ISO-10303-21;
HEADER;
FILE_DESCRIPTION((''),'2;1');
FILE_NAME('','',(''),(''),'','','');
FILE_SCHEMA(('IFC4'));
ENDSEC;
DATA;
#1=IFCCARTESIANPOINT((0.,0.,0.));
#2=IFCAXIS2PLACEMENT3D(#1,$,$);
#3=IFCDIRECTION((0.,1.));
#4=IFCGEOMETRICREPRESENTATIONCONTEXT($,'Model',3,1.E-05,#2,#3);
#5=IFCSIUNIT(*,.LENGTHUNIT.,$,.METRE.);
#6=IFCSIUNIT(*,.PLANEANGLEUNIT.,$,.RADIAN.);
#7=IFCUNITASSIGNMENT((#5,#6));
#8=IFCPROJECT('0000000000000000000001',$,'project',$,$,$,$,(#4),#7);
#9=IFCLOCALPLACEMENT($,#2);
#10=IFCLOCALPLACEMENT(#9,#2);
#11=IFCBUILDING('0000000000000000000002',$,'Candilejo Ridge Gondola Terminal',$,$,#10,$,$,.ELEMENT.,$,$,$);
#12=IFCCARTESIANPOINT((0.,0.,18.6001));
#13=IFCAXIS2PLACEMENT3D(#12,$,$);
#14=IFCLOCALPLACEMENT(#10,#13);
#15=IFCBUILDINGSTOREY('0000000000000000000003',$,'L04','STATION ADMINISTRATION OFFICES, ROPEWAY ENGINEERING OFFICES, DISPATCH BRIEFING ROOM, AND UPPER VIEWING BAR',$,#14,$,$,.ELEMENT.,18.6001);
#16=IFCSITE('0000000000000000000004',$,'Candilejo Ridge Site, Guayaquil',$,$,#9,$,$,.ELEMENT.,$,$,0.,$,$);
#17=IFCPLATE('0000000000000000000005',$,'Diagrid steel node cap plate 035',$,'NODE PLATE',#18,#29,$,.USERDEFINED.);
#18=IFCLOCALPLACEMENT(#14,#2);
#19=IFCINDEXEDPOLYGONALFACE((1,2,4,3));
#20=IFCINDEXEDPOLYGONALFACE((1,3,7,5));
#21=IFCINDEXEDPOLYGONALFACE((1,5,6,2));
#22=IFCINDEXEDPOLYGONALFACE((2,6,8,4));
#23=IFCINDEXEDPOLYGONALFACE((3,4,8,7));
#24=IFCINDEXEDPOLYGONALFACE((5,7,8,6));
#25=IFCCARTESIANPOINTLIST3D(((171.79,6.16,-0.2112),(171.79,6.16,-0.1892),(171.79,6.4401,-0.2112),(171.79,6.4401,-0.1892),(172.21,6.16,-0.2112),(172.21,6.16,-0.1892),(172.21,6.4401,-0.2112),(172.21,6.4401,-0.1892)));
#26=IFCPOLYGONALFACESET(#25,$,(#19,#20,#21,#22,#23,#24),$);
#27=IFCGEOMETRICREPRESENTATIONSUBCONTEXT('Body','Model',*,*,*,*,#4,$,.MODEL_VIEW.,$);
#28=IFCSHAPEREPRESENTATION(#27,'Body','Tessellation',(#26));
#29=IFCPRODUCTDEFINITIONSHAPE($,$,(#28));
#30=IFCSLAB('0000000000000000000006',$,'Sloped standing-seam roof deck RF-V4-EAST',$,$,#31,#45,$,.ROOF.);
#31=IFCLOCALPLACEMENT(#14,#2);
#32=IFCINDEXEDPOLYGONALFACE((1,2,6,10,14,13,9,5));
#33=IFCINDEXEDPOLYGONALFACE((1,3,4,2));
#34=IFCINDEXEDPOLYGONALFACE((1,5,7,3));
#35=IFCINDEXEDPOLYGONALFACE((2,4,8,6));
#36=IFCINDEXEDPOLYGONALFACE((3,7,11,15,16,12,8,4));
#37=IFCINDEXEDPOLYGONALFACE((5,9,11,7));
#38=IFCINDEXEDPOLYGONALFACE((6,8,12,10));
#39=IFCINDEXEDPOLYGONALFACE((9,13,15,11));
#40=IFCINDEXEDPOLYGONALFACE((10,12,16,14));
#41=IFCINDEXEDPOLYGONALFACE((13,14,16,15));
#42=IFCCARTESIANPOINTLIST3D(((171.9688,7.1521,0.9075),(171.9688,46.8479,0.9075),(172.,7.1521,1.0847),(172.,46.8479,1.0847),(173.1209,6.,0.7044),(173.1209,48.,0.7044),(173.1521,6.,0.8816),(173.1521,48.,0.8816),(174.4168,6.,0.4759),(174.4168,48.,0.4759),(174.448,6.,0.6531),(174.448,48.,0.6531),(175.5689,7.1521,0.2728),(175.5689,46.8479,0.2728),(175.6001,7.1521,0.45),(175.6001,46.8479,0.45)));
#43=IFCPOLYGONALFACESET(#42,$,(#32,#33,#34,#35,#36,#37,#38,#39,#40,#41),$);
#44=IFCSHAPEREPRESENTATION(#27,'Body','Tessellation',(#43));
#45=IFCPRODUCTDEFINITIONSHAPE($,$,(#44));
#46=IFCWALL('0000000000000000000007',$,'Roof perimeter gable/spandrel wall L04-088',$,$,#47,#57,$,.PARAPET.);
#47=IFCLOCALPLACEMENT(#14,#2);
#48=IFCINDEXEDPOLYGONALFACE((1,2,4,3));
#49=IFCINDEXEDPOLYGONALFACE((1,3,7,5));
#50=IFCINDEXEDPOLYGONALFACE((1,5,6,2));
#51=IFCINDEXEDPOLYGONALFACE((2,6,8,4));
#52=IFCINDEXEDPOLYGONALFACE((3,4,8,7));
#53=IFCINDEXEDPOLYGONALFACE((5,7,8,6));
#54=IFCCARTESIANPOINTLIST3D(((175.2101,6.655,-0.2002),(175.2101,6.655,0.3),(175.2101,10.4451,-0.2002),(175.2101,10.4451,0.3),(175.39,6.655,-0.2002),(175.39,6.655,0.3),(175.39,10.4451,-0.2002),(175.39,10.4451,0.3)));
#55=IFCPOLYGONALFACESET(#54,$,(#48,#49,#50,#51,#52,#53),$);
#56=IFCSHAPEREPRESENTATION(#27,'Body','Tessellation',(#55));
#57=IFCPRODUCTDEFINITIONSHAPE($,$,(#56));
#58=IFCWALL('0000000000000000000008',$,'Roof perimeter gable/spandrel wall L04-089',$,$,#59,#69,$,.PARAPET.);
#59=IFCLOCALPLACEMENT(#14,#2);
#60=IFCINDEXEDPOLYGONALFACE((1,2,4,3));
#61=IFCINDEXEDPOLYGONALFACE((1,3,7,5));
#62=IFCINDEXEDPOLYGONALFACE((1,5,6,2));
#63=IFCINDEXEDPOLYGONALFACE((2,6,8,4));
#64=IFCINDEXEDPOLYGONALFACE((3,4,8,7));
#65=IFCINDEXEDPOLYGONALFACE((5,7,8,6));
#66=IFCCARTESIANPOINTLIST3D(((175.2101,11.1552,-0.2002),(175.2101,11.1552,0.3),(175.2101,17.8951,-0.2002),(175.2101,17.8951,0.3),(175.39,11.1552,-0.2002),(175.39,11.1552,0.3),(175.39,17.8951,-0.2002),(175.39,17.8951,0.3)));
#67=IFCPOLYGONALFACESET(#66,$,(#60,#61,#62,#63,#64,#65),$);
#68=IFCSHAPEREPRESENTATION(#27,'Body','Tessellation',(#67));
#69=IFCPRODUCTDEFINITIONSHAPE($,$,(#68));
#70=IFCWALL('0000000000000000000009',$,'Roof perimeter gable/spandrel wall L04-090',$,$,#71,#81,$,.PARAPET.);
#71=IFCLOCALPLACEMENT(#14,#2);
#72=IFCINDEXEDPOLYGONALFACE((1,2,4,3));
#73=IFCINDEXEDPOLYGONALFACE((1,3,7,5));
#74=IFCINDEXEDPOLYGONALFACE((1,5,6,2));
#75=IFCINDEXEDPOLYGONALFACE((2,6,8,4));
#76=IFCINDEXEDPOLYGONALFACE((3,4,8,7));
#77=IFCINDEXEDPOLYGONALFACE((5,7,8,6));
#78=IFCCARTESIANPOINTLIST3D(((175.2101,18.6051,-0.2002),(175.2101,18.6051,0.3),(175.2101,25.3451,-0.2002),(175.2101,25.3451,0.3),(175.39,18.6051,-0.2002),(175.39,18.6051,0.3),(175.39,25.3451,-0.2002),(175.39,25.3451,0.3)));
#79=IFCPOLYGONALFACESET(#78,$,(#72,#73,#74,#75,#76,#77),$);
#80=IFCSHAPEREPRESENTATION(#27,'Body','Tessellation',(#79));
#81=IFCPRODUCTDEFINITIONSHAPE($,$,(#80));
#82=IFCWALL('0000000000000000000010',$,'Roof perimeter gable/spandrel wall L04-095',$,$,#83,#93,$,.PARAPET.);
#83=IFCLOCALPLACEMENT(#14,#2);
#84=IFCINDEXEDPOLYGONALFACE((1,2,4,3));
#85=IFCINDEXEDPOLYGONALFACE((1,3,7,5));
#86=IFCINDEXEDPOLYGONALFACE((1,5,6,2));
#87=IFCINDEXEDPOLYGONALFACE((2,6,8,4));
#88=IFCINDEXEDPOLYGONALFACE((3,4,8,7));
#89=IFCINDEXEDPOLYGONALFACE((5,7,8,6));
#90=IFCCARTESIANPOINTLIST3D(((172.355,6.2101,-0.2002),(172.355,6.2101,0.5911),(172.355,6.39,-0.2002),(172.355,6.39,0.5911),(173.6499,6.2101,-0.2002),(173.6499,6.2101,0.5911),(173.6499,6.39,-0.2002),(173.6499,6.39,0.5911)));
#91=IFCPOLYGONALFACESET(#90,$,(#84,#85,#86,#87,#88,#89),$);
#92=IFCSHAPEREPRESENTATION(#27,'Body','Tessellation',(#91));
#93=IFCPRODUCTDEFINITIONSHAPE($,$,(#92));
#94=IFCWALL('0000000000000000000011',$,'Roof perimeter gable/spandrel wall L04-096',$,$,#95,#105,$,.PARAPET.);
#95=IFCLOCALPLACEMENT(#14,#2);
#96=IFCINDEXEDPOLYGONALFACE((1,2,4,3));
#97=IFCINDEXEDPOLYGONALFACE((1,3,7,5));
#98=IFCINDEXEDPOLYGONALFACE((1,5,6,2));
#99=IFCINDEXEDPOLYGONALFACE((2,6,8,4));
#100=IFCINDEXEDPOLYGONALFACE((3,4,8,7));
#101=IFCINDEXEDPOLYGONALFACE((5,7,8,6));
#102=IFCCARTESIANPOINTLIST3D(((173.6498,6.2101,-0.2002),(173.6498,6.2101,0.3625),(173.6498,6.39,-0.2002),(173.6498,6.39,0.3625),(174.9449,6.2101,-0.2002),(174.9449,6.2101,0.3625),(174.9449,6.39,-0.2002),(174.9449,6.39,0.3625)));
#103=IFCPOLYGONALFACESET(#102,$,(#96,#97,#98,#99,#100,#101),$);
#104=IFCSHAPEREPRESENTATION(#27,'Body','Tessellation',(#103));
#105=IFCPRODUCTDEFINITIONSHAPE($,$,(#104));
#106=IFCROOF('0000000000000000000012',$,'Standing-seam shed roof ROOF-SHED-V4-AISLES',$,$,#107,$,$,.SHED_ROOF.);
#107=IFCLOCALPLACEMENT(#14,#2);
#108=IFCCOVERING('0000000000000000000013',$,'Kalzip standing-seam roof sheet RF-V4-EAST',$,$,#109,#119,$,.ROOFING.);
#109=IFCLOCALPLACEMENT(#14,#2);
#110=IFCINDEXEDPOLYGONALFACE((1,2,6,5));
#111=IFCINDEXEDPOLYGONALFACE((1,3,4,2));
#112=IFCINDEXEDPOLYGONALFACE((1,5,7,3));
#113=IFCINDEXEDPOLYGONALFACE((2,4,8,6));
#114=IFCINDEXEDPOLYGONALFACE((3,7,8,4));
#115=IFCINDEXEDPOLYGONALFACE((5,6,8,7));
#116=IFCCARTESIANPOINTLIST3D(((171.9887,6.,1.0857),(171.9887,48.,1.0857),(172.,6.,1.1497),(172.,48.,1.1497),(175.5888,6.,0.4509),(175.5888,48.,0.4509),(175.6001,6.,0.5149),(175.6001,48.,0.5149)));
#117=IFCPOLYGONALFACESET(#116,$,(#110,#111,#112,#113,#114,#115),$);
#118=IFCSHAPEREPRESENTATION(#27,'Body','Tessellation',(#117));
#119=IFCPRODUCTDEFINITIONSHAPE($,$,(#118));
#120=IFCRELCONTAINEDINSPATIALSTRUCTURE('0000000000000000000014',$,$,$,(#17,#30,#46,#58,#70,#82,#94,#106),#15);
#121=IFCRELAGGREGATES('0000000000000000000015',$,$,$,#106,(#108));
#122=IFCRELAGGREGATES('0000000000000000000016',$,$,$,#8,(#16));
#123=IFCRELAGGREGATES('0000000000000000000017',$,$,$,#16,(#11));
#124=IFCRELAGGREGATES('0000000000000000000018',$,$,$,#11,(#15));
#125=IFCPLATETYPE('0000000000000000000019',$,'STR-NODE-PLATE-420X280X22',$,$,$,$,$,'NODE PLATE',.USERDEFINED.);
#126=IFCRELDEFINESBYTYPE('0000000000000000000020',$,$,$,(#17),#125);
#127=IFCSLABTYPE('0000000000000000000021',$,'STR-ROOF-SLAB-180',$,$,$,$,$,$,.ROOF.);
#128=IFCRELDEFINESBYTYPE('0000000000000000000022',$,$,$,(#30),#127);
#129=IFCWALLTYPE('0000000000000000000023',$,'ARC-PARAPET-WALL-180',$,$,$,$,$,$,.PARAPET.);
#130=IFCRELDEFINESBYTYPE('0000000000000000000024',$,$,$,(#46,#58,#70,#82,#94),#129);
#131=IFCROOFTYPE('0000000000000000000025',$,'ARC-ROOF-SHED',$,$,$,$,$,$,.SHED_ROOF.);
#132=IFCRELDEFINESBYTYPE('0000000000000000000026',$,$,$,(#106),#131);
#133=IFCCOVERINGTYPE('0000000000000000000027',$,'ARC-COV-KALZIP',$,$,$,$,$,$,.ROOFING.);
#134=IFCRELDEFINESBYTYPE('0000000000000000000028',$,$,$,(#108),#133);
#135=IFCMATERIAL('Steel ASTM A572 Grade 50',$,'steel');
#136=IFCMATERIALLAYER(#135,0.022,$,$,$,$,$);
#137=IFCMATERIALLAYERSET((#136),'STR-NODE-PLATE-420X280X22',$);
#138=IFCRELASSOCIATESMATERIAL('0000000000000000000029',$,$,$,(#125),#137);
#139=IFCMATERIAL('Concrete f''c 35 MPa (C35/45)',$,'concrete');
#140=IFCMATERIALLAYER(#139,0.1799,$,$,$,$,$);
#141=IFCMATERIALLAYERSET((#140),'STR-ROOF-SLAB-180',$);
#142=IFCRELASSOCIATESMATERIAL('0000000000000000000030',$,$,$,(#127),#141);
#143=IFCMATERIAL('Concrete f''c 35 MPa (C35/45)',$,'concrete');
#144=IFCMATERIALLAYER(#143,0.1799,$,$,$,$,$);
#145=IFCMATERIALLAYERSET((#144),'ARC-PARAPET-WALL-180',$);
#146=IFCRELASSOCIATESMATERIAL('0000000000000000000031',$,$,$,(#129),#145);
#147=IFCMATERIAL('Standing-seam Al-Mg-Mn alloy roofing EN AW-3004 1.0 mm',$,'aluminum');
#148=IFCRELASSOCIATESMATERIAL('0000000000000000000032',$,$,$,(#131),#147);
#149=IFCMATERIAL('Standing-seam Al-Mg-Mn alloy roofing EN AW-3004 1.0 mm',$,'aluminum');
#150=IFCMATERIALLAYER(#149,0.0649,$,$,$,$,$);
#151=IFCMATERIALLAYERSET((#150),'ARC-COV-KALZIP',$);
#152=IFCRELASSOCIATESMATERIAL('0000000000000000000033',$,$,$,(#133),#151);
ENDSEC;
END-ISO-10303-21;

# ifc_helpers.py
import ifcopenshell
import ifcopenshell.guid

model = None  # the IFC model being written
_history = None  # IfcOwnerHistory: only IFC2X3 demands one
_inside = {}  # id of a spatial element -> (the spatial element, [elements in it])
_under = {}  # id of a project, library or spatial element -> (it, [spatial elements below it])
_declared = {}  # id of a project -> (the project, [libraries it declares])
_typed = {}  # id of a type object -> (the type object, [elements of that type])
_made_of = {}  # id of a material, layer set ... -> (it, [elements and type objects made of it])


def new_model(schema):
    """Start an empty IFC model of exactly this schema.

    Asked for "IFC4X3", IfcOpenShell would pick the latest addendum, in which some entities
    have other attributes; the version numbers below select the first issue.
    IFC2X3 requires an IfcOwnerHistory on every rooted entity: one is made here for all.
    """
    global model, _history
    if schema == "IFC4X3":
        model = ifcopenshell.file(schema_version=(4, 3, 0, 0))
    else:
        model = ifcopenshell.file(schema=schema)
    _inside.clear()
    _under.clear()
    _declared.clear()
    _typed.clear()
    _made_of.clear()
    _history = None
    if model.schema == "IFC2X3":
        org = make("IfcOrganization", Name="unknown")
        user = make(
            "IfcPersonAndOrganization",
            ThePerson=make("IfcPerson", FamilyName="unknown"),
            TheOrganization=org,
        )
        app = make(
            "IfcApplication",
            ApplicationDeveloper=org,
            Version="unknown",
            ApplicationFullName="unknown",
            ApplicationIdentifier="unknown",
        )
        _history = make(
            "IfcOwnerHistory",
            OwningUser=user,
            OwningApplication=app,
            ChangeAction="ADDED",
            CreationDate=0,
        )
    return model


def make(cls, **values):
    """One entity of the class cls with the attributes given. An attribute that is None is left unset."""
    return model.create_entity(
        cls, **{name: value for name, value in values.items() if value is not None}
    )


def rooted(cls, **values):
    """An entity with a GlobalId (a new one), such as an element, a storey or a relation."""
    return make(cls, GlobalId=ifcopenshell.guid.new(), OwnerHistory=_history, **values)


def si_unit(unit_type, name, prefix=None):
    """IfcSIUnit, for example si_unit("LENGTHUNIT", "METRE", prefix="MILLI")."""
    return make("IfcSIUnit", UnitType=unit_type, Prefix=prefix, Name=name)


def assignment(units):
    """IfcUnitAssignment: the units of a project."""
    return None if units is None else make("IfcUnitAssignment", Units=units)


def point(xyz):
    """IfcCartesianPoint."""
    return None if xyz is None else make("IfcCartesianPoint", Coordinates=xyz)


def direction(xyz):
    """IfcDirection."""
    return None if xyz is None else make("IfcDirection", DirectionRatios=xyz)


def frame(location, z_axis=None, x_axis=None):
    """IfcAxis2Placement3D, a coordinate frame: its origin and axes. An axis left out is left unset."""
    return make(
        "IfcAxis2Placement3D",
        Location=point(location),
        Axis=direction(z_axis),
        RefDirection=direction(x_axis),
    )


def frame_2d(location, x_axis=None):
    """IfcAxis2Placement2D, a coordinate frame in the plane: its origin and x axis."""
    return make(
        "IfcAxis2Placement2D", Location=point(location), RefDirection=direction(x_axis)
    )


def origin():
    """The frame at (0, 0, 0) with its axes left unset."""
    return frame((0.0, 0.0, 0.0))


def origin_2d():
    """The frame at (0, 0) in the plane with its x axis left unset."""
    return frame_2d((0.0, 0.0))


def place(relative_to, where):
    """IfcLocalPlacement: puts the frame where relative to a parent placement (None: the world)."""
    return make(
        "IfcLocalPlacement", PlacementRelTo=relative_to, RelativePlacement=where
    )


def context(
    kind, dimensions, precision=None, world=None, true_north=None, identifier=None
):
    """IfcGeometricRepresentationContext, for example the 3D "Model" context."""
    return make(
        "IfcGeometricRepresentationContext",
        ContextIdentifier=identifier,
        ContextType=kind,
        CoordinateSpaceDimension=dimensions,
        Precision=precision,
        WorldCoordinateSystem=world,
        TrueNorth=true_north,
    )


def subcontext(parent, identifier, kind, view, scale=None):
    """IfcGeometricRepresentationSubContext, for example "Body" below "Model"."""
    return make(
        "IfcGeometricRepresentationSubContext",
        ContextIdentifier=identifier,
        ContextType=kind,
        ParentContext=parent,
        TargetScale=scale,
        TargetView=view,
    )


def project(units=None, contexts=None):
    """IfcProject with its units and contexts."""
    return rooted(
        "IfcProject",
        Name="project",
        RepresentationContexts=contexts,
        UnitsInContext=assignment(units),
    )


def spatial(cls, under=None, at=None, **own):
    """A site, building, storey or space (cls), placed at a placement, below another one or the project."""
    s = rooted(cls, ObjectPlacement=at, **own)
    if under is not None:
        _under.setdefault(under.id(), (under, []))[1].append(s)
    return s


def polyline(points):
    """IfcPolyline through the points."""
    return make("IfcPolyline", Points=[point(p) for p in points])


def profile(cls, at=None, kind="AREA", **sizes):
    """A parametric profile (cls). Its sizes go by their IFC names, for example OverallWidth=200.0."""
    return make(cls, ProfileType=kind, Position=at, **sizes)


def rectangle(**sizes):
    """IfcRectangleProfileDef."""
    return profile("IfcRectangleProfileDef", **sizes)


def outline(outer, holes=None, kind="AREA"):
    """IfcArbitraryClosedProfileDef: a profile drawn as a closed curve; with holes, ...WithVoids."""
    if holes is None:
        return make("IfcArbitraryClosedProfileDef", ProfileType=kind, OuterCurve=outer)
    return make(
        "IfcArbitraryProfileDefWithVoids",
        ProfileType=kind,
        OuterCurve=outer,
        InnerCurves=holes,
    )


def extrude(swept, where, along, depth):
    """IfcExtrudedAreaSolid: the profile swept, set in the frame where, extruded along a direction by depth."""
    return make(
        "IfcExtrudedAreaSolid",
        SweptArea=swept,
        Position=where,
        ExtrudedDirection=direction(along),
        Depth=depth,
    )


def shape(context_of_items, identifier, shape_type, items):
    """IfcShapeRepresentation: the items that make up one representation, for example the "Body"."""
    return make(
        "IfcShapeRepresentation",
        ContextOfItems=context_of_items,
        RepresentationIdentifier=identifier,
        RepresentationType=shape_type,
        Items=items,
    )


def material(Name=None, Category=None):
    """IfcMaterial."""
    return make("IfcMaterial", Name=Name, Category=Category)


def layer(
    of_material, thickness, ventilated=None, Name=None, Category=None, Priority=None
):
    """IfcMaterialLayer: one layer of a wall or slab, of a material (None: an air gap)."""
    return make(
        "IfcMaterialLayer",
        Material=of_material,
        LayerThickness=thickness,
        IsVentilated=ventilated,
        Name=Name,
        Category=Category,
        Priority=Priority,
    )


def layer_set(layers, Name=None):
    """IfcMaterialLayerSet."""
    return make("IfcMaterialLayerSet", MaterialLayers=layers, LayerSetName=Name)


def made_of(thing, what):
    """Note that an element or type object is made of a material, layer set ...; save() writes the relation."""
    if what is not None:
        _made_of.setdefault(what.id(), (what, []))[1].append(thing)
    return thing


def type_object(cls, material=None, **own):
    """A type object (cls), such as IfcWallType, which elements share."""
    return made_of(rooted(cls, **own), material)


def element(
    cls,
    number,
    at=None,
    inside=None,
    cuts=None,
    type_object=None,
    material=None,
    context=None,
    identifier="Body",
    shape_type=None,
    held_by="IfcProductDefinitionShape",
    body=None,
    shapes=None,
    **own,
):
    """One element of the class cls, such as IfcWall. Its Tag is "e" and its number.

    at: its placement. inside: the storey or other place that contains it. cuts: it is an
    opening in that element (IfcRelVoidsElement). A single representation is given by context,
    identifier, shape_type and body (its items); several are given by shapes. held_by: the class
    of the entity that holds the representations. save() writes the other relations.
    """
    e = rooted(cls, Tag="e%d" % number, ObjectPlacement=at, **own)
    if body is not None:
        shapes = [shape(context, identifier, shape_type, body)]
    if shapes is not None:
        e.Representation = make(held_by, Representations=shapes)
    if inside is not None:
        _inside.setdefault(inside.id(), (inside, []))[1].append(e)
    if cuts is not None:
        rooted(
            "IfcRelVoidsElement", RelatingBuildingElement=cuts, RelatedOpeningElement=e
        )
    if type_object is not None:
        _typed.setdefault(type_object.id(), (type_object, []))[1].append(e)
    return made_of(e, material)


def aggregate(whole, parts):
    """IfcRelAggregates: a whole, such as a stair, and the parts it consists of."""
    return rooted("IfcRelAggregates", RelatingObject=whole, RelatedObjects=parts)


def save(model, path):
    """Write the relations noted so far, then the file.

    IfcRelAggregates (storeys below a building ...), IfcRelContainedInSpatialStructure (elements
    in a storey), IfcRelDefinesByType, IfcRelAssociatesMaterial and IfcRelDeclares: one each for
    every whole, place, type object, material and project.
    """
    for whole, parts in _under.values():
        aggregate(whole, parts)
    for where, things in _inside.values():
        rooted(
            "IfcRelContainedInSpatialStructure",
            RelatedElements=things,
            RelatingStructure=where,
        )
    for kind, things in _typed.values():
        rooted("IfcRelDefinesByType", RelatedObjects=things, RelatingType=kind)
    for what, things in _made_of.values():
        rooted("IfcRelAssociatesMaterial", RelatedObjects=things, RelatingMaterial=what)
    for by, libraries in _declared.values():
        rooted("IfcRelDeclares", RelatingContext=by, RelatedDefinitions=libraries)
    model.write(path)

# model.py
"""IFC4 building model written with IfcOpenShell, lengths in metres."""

from ifc_helpers import new_model, si_unit, direction, frame, frame_2d, origin, origin_2d, place, context, subcontext, project, spatial, polyline, rectangle, outline, extrude, material, layer, layer_set, type_object, element, aggregate, save


model = new_model("IFC4")

# Units and contexts
model_context = context("Model", 3, precision=1e-05, world=origin(), true_north=direction((0.0, 1.0)))
body_context = subcontext(model_context, "Body", "Model", "MODEL_VIEW")
ifc_project = project(units=[si_unit("LENGTHUNIT", "METRE"), si_unit("PLANEANGLEUNIT", "RADIAN")], contexts=[model_context])

# Site, building, storey
site_placement = place(None, origin())
site = spatial("IfcSite", under=ifc_project, at=site_placement, Name="Candilejo Ridge Site, Guayaquil", CompositionType="ELEMENT", RefElevation=0.0)
building_placement = place(site_placement, origin())
building = spatial("IfcBuilding", under=site, at=building_placement, Name="Candilejo Ridge Gondola Terminal", CompositionType="ELEMENT")
storey_placement = place(building_placement, frame((0.0, 0.0, 18.6001)))
storey = spatial("IfcBuildingStorey", under=building, at=storey_placement, Name="L04", Description="STATION ADMINISTRATION OFFICES, ROPEWAY ENGINEERING OFFICES, DISPATCH BRIEFING ROOM, AND UPPER VIEWING BAR", CompositionType="ELEMENT", Elevation=18.6001)

# Plate
ifc_material_1 = material(Name="Steel ASTM A572 Grade 50", Category="steel")
ifc_layer_1 = layer(ifc_material_1, 0.022)
ifc_layer_set_1 = layer_set([ifc_layer_1], Name="STR-NODE-PLATE-420X280X22")
plate_type_1 = type_object("IfcPlateType", Name="STR-NODE-PLATE-420X280X22", ElementType="NODE PLATE", PredefinedType="USERDEFINED", material=ifc_layer_set_1)
plate_1_placement = place(storey_placement, frame((172.0, 6.3, -0.2112), z_axis=(0.0, 0.0, 1.0), x_axis=(1.0, 0.0, 0.0)))
element("IfcPlate", 1, at=plate_1_placement, inside=storey, type_object=plate_type_1, Name="Diagrid steel node cap plate 035", ObjectType="NODE PLATE", PredefinedType="USERDEFINED", context=body_context, shape_type="SweptSolid", body=[
    extrude(rectangle(XDim=0.4199, YDim=0.28, at=origin_2d()), origin(), (0.0, 0.0, 1.0), 0.022),
])

# Slab
ifc_material_2 = material(Name="Concrete f'c 35 MPa (C35/45)", Category="concrete")
ifc_layer_2 = layer(ifc_material_2, 0.1799)
ifc_layer_set_2 = layer_set([ifc_layer_2], Name="STR-ROOF-SLAB-180")
slab_type = type_object("IfcSlabType", Name="STR-ROOF-SLAB-180", PredefinedType="ROOF", material=ifc_layer_set_2)
slab_placement = place(storey_placement, frame((173.1521, 6.0, 0.8816), z_axis=(0.173641, 0.0, 0.984809), x_axis=(0.984809, 0.0, -0.173641)))
element("IfcSlab", 2, at=slab_placement, inside=storey, type_object=slab_type, Name="Sloped standing-seam roof deck RF-V4-EAST", PredefinedType="ROOF", context=body_context, shape_type="SweptSolid", body=[
    extrude(outline(polyline([(0.0, 0.0), (1.3159, 0.0), (2.4858, 1.1521), (2.4858, 40.8479), (1.3159, 42.0), (0.0, 42.0), (-1.1699, 40.8479), (-1.1699, 1.1521), (0.0, 0.0)])), origin(), (0.0, 0.0, -1.0), 0.1799),
])

# Walls
ifc_material_3 = material(Name="Concrete f'c 35 MPa (C35/45)", Category="concrete")
ifc_layer_3 = layer(ifc_material_3, 0.1799)
ifc_layer_set_3 = layer_set([ifc_layer_3], Name="ARC-PARAPET-WALL-180")
wall_type = type_object("IfcWallType", Name="ARC-PARAPET-WALL-180", PredefinedType="PARAPET", material=ifc_layer_set_3)
wall_1_placement = place(storey_placement, frame((175.3, 6.655, -0.2002), z_axis=(0.0, 0.0, 1.0), x_axis=(0.0, 1.0, 0.0)))
element("IfcWall", 3, at=wall_1_placement, inside=storey, type_object=wall_type, Name="Roof perimeter gable/spandrel wall L04-088", PredefinedType="PARAPET", context=body_context, shape_type="SweptSolid", body=[
    extrude(rectangle(XDim=3.79, YDim=0.1799, at=frame_2d((1.895, 0.0))), origin(), (0.0, 0.0, 1.0), 0.5002),
])
for number, where, z_axis, x_axis, name in (
    (4, (175.3, 11.155, -0.2002), (0.0, 0.0, 1.0), (0.0, 1.0, 0.0), "Roof perimeter gable/spandrel wall L04-089"),
    (5, (175.3, 18.605, -0.2002), (0.0, 0.0, 1.0), (0.0, 1.0, 0.0), "Roof perimeter gable/spandrel wall L04-090"),
):
    element("IfcWall", number, at=place(storey_placement, frame(where, z_axis=z_axis, x_axis=x_axis)), inside=storey, type_object=wall_type, Name=name, PredefinedType="PARAPET", context=body_context, shape_type="SweptSolid", body=[
        extrude(rectangle(XDim=6.74, YDim=0.1799, at=frame_2d((3.3701, 0.0))), origin(), (0.0, 0.0, 1.0), 0.5002),
    ])
wall_2_placement = place(storey_placement, frame((172.355, 6.3, -0.2002), z_axis=(0.0, 0.0, 1.0), x_axis=(1.0, 0.0, 0.0)))
element("IfcWall", 6, at=wall_2_placement, inside=storey, type_object=wall_type, Name="Roof perimeter gable/spandrel wall L04-095", PredefinedType="PARAPET", context=body_context, shape_type="SweptSolid", body=[
    extrude(rectangle(XDim=1.2949, YDim=0.1799, at=frame_2d((0.6475, 0.0))), origin(), (0.0, 0.0, 1.0), 0.7913),
])
wall_3_placement = place(storey_placement, frame((173.6499, 6.3, -0.2002), z_axis=(0.0, 0.0, 1.0), x_axis=(1.0, 0.0, 0.0)))
element("IfcWall", 7, at=wall_3_placement, inside=storey, type_object=wall_type, Name="Roof perimeter gable/spandrel wall L04-096", PredefinedType="PARAPET", context=body_context, shape_type="SweptSolid", body=[
    extrude(rectangle(XDim=1.2952, YDim=0.1799, at=frame_2d((0.6475, 0.0))), origin(), (0.0, 0.0, 1.0), 0.5627),
])

# Roof, covering
ifc_material_4 = material(Name="Standing-seam Al-Mg-Mn alloy roofing EN AW-3004 1.0 mm", Category="aluminum")
roof_type = type_object("IfcRoofType", Name="ARC-ROOF-SHED", PredefinedType="SHED_ROOF", material=ifc_material_4)
roof_placement = place(storey_placement, origin())
roof = element("IfcRoof", 8, at=roof_placement, inside=storey, type_object=roof_type, Name="Standing-seam shed roof ROOF-SHED-V4-AISLES", PredefinedType="SHED_ROOF")
ifc_material_5 = material(Name="Standing-seam Al-Mg-Mn alloy roofing EN AW-3004 1.0 mm", Category="aluminum")
ifc_layer_4 = layer(ifc_material_5, 0.0649)
ifc_layer_set_4 = layer_set([ifc_layer_4], Name="ARC-COV-KALZIP")
covering_type = type_object("IfcCoveringType", Name="ARC-COV-KALZIP", PredefinedType="ROOFING", material=ifc_layer_set_4)
covering_placement = place(storey_placement, frame((172.0, 6.0, 1.1497), z_axis=(0.173641, 0.0, 0.984809), x_axis=(0.984809, 0.0, -0.173641)))
covering = element("IfcCovering", 9, at=covering_placement, type_object=covering_type, Name="Kalzip standing-seam roof sheet RF-V4-EAST", PredefinedType="ROOFING", context=body_context, shape_type="SweptSolid", body=[
    extrude(outline(polyline([(0.0, 0.0), (3.6556, 0.0), (3.6556, 42.0), (0.0, 42.0), (0.0, 0.0)])), origin(), (0.0, 0.0, -1.0), 0.0649),
])
aggregate(roof, [covering])

save(model, "model.ifc")
